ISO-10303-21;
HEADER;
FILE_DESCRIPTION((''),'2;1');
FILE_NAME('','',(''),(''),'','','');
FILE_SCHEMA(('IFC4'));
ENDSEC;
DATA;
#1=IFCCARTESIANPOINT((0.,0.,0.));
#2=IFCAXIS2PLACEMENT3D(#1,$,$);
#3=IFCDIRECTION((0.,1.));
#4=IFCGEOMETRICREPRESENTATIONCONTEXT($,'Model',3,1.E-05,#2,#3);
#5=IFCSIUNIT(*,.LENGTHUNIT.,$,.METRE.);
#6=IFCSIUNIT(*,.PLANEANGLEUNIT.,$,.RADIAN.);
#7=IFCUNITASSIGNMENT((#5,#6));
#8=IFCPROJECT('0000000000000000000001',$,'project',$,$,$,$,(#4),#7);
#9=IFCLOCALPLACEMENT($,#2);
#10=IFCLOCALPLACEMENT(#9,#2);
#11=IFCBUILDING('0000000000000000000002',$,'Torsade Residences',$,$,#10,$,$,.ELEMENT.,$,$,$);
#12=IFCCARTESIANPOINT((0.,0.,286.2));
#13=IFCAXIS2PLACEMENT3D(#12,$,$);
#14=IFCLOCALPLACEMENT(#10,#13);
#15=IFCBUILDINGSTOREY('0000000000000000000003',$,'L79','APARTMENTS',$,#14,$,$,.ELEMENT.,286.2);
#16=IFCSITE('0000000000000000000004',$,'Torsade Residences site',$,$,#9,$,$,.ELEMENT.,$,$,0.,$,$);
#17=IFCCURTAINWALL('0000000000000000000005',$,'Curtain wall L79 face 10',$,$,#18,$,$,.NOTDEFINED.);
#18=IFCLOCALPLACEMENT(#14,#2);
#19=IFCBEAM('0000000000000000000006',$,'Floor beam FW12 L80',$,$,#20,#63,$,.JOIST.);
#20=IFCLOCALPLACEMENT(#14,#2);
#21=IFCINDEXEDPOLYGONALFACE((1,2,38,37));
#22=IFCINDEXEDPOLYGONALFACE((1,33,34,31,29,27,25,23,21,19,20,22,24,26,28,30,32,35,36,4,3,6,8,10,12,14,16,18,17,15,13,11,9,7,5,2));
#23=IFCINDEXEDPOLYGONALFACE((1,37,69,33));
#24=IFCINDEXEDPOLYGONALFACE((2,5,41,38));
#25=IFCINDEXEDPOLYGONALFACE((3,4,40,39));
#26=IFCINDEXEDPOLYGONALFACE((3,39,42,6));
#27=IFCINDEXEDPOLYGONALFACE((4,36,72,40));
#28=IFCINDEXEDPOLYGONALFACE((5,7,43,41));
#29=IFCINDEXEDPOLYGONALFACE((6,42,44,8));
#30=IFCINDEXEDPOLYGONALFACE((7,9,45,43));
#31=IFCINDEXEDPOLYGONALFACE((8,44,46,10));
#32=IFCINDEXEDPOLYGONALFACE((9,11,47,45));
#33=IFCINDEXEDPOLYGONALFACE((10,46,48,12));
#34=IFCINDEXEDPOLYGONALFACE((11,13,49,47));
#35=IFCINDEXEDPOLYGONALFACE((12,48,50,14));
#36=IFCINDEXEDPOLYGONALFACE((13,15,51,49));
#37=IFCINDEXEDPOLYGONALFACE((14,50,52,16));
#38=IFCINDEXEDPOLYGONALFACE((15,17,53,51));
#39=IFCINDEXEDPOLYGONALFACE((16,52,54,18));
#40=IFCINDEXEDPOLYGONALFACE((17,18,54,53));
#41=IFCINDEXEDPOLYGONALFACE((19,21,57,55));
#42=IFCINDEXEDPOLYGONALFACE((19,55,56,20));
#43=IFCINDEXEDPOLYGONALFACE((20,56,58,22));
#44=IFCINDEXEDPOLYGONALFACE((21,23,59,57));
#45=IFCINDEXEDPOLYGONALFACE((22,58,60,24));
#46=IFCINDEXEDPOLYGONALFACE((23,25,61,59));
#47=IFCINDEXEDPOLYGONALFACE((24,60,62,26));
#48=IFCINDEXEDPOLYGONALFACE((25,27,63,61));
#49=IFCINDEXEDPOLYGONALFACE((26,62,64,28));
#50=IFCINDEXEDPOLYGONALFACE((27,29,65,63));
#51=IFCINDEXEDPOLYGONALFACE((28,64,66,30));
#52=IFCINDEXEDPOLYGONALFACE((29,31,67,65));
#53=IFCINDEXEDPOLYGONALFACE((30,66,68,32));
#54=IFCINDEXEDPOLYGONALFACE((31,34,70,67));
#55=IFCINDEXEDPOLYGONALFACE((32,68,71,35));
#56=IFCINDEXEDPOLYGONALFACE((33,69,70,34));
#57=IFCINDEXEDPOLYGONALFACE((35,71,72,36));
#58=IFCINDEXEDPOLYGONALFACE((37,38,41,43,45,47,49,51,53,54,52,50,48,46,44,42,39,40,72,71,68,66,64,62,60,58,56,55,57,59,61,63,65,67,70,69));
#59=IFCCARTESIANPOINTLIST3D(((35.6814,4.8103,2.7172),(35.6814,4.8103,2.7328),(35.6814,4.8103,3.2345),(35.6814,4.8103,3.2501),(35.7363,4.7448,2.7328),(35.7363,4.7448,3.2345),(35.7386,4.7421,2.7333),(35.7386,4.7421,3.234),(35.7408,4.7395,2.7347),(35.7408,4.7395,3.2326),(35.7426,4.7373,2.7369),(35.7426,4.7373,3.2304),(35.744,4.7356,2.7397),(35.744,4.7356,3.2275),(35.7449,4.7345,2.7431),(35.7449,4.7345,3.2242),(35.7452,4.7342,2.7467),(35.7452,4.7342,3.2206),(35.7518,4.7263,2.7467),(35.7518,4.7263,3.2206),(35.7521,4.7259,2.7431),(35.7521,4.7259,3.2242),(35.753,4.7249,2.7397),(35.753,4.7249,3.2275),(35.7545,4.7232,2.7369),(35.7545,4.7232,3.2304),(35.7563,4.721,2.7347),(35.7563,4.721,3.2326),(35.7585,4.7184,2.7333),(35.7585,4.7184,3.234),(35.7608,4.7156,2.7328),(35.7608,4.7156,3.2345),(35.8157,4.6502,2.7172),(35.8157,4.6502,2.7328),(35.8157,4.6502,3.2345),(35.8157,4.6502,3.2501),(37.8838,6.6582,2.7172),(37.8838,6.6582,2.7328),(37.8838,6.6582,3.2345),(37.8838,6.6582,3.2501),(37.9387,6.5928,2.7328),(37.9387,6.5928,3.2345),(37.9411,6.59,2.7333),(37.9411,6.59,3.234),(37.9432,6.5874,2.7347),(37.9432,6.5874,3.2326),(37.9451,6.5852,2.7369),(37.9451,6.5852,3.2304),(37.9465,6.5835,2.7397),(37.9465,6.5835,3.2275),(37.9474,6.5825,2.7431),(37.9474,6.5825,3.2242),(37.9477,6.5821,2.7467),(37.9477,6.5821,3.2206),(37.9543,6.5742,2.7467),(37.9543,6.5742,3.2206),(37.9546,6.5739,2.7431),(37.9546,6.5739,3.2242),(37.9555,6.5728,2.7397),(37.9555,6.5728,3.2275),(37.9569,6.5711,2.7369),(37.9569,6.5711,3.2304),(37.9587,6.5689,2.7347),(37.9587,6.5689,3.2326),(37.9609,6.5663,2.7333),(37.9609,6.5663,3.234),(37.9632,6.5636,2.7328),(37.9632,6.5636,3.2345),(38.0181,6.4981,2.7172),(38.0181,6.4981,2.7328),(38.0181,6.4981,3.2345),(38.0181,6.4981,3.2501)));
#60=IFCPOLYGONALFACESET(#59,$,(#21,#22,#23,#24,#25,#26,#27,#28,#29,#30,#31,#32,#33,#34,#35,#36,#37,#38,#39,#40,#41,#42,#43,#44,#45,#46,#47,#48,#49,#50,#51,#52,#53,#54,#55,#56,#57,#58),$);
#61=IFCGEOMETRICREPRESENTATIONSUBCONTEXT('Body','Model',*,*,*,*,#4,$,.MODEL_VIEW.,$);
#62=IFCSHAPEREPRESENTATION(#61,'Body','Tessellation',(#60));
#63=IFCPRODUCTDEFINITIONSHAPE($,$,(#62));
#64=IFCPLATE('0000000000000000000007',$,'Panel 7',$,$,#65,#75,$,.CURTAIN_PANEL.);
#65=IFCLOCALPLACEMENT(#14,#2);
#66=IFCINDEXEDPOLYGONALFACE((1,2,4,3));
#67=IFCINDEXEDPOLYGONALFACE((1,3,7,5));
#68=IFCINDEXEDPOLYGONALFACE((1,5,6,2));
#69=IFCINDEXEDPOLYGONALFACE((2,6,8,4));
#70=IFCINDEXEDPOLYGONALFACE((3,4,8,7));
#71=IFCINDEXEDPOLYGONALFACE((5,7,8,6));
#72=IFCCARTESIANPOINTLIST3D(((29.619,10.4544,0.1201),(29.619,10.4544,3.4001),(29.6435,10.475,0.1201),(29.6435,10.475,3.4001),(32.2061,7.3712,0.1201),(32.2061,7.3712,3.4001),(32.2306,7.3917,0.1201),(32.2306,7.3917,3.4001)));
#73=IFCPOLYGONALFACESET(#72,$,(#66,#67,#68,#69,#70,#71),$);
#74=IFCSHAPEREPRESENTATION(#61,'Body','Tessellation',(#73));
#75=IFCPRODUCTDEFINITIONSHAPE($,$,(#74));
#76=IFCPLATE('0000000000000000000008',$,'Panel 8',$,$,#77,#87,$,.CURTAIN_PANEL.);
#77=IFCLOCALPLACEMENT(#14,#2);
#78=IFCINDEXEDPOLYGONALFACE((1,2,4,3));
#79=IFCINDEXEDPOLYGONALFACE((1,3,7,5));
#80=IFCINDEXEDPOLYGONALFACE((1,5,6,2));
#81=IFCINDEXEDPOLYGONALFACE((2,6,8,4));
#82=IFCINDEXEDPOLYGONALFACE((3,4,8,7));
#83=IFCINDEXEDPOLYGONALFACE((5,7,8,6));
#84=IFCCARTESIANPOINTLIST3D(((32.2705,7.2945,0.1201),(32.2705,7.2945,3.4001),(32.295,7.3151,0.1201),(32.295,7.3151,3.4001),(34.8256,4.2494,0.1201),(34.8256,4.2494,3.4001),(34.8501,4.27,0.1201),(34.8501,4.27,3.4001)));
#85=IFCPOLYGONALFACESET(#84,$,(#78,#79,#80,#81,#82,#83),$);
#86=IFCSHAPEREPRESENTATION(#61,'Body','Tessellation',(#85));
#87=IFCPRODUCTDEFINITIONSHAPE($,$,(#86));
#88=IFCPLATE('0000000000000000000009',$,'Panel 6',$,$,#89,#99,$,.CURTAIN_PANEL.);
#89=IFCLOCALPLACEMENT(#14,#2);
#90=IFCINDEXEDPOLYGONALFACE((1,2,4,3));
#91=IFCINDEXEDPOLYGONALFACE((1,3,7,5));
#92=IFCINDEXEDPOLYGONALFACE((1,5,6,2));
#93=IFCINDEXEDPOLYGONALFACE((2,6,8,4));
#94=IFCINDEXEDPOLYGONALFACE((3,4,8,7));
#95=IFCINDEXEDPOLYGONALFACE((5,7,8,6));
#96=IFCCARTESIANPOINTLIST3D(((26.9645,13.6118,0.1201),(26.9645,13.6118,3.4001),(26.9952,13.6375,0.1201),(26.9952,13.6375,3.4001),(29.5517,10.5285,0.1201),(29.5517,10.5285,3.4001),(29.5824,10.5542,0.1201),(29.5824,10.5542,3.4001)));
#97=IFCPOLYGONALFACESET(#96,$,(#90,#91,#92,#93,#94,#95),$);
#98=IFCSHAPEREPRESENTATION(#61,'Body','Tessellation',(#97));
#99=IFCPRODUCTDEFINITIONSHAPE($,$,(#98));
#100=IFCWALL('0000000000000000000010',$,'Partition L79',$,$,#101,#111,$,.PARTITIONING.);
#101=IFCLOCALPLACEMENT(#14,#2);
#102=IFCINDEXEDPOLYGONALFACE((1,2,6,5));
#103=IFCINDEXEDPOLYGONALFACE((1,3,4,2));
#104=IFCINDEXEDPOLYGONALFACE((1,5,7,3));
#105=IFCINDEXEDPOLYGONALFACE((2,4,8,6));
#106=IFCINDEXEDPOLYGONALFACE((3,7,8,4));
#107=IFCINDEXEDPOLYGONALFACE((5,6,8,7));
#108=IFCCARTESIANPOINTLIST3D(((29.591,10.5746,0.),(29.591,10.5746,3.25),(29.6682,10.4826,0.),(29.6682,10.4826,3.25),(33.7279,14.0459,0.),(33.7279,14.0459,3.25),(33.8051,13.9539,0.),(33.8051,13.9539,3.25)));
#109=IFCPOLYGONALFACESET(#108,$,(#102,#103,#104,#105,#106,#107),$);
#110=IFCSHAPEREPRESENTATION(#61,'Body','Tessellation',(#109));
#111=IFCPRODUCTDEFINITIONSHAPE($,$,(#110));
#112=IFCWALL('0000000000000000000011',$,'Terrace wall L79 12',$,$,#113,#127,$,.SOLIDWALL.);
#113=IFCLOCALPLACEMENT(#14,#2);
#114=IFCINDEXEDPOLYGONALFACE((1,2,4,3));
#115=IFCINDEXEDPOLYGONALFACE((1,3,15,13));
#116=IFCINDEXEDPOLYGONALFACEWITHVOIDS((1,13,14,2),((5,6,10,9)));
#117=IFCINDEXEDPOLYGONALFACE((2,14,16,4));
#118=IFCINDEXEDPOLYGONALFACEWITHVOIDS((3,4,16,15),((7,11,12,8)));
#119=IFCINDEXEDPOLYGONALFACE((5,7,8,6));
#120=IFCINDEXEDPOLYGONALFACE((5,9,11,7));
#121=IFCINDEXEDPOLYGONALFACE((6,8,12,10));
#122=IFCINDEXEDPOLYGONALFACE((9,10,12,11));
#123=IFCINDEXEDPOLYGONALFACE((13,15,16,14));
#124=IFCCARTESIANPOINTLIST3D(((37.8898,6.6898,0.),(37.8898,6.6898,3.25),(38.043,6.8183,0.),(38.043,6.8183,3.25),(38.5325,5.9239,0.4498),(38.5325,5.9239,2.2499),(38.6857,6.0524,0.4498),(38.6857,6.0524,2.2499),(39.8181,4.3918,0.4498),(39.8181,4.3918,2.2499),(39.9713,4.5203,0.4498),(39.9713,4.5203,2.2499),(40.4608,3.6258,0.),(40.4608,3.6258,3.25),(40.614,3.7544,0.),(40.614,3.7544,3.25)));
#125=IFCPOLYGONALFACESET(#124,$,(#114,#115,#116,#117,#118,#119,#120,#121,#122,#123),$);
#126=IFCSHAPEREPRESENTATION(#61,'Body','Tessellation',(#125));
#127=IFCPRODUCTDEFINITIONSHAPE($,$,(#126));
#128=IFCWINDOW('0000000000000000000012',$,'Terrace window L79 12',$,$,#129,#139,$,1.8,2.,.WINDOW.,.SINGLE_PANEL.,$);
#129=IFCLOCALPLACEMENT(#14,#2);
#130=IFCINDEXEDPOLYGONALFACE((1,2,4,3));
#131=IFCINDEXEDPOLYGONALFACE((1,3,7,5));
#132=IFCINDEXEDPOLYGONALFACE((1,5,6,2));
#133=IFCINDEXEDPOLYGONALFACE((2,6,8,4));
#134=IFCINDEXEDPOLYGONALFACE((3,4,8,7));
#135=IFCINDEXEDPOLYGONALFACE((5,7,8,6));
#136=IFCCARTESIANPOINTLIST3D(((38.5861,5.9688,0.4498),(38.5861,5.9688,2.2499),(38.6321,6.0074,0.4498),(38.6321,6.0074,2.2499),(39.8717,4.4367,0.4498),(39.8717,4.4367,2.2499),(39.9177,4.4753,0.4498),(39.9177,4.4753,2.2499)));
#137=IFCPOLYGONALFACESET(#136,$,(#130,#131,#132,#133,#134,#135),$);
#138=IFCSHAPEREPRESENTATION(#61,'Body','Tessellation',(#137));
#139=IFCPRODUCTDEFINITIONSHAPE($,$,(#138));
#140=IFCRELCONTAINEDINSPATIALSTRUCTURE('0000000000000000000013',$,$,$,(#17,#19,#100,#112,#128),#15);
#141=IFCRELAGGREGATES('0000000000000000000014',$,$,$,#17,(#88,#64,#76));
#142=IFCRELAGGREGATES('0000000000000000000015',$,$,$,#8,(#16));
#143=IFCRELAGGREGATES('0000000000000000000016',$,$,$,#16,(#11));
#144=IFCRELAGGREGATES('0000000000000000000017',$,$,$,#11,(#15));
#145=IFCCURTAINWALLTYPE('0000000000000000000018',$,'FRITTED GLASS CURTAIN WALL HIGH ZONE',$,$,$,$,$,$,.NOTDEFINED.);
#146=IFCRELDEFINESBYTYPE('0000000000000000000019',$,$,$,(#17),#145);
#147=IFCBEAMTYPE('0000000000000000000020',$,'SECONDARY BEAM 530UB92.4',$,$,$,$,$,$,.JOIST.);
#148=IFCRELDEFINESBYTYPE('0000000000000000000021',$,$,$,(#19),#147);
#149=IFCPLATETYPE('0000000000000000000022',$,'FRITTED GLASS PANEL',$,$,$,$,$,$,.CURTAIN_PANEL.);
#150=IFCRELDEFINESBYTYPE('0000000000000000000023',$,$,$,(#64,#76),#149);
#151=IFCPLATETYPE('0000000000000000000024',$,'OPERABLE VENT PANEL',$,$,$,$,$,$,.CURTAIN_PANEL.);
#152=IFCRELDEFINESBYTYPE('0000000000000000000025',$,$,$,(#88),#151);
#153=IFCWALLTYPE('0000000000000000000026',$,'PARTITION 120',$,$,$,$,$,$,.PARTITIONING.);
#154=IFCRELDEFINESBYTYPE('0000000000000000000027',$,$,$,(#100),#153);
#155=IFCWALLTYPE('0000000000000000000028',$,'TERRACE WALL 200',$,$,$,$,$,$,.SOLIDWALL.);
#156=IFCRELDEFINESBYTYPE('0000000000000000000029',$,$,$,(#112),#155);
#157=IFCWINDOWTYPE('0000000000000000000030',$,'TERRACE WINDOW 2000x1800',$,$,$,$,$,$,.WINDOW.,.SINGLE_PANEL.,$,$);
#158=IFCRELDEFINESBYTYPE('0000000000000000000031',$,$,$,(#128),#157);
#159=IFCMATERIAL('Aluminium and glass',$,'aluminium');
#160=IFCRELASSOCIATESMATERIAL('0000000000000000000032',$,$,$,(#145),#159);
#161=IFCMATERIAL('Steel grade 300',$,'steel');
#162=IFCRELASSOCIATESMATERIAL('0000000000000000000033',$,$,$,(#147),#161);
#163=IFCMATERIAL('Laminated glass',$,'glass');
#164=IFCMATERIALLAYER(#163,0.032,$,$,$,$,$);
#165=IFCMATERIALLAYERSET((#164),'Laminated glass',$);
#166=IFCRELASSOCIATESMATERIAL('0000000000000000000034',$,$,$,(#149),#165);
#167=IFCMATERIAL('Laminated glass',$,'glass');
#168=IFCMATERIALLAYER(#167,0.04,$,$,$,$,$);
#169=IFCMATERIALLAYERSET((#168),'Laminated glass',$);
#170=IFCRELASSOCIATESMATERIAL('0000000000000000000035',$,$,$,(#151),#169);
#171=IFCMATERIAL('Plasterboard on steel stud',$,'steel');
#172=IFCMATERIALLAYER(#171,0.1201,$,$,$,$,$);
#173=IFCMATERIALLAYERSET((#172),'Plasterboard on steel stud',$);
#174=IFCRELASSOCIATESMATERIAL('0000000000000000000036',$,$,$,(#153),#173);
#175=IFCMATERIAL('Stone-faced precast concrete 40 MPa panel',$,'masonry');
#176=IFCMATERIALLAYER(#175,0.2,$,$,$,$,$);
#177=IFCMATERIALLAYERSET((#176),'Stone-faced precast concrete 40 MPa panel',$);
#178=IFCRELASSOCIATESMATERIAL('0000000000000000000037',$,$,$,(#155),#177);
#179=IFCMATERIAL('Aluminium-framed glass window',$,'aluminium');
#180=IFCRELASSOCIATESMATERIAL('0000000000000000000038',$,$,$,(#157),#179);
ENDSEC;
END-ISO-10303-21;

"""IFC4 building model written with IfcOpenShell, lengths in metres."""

from ifc_helpers import new_model, si_unit, direction, frame, frame_2d, origin, origin_2d, place, context, subcontext, project, spatial, rectangle, i_section, extrude, material, layer, layer_set, material_profile, profile_set, type_object, element, fill, aggregate, save


model = new_model("IFC4")

# Units and contexts
model_context = context("Model", 3, precision=1e-05, world=origin(), true_north=direction((0.0, 1.0)))
body_context = subcontext(model_context, "Body", "Model", "MODEL_VIEW")
ifc_project = project(units=[si_unit("LENGTHUNIT", "METRE"), si_unit("PLANEANGLEUNIT", "RADIAN")], contexts=[model_context])

# Site, building, storey
site_placement = place(None, origin())
site = spatial("IfcSite", under=ifc_project, at=site_placement, Name="Torsade Residences site", CompositionType="ELEMENT", RefElevation=0.0)
building_placement = place(site_placement, origin())
building = spatial("IfcBuilding", under=site, at=building_placement, Name="Torsade Residences", CompositionType="ELEMENT")
storey_placement = place(building_placement, frame((0.0, 0.0, 286.2)))
storey = spatial("IfcBuildingStorey", under=building, at=storey_placement, Name="L79", Description="APARTMENTS", CompositionType="ELEMENT", Elevation=286.2)

# Curtain wall
ifc_material_1 = material(Name="Aluminium and glass", Category="aluminium")
curtain_wall_type = type_object("IfcCurtainWallType", Name="FRITTED GLASS CURTAIN WALL HIGH ZONE", PredefinedType="NOTDEFINED", material=ifc_material_1)
curtain_wall_placement = place(storey_placement, origin())
curtain_wall = element("IfcCurtainWall", 1, at=curtain_wall_placement, inside=storey, type_object=curtain_wall_type, Name="Curtain wall L79 face 10", PredefinedType="NOTDEFINED")

# Beam
ifc_material_2 = material(Name="Steel grade 300", Category="steel")
ifc_material_profile_1 = material_profile(ifc_material_2, i_section(OverallWidth=0.209, OverallDepth=0.533, WebThickness=0.0103, FlangeThickness=0.0156, FilletRadius=0.0139, at=origin_2d()), Name="530UB92.4")
ifc_profile_set_1 = profile_set([ifc_material_profile_1], Name="Steel grade 300")
beam_type_1 = type_object("IfcBeamType", Name="SECONDARY BEAM 530UB92.4", PredefinedType="JOIST", material=ifc_profile_set_1)
beam_1_placement = place(storey_placement, frame((35.7485, 4.7302, 2.9836), z_axis=(0.766066, 0.642762, 0.0), x_axis=(-0.642762, 0.766066, 0.0)))
element("IfcBeam", 2, at=beam_1_placement, inside=storey, type_object=beam_type_1, Name="Floor beam FW12 L80", PredefinedType="JOIST", context=body_context, shape_type="SweptSolid", body=[
    extrude(i_section(OverallWidth=0.209, OverallDepth=0.533, WebThickness=0.0103, FlangeThickness=0.0156, FilletRadius=0.0139, at=origin_2d()), origin(), (0.0, 0.0, 1.0), 2.875),
])

# Plates
ifc_material_3 = material(Name="Laminated glass", Category="glass")
ifc_layer_1 = layer(ifc_material_3, 0.032)
ifc_layer_set_1 = layer_set([ifc_layer_1], Name="Laminated glass")
plate_type_1 = type_object("IfcPlateType", Name="FRITTED GLASS PANEL", PredefinedType="CURTAIN_PANEL", material=ifc_layer_set_1)
plate_1_placement = place(storey_placement, frame((30.9248, 8.9231, 0.1201), z_axis=(0.0, 0.0, 1.0), x_axis=(0.642788, -0.766044, 0.0)))
plate_1 = element("IfcPlate", 3, at=plate_1_placement, type_object=plate_type_1, Name="Panel 7", PredefinedType="CURTAIN_PANEL", context=body_context, shape_type="SweptSolid", body=[
    extrude(rectangle(XDim=4.0249, YDim=0.032, at=origin_2d()), origin(), (0.0, 0.0, 1.0), 3.28),
])
plate_2_placement = place(storey_placement, frame((33.5603, 5.7822, 0.1201), z_axis=(0.0, 0.0, 1.0), x_axis=(0.642788, -0.766044, 0.0)))
plate_2 = element("IfcPlate", 4, at=plate_2_placement, type_object=plate_type_1, Name="Panel 8", PredefinedType="CURTAIN_PANEL", context=body_context, shape_type="SweptSolid", body=[
    extrude(rectangle(XDim=3.9751, YDim=0.032, at=origin_2d()), origin(), (0.0, 0.0, 1.0), 3.28),
])
ifc_material_4 = material(Name="Laminated glass", Category="glass")
ifc_layer_2 = layer(ifc_material_4, 0.04)
ifc_layer_set_2 = layer_set([ifc_layer_2], Name="Laminated glass")
plate_type_2 = type_object("IfcPlateType", Name="OPERABLE VENT PANEL", PredefinedType="CURTAIN_PANEL", material=ifc_layer_set_2)
plate_3_placement = place(storey_placement, frame((28.2734, 12.083, 0.1201), z_axis=(0.0, 0.0, 1.0), x_axis=(0.642788, -0.766044, 0.0)))
plate_3 = element("IfcPlate", 5, at=plate_3_placement, type_object=plate_type_2, Name="Panel 6", PredefinedType="CURTAIN_PANEL", context=body_context, shape_type="SweptSolid", body=[
    extrude(rectangle(XDim=4.0249, YDim=0.04, at=origin_2d()), origin(), (0.0, 0.0, 1.0), 3.28),
])
aggregate(curtain_wall, [plate_3, plate_1, plate_2])

# Wall
ifc_material_5 = material(Name="Plasterboard on steel stud", Category="steel")
ifc_layer_3 = layer(ifc_material_5, 0.1201)
ifc_layer_set_3 = layer_set([ifc_layer_3], Name="Plasterboard on steel stud")
wall_type_1 = type_object("IfcWallType", Name="PARTITION 120", PredefinedType="PARTITIONING", material=ifc_layer_set_3)
wall_1_placement = place(storey_placement, frame((29.6296, 10.5286, 0.0), z_axis=(0.0, 0.0, 1.0), x_axis=(0.766034, 0.6428, 0.0)))
element("IfcWall", 6, at=wall_1_placement, inside=storey, type_object=wall_type_1, Name="Partition L79", PredefinedType="PARTITIONING", context=body_context, shape_type="SweptSolid", body=[
    extrude(rectangle(XDim=5.4004, YDim=0.1201, at=frame_2d((2.7002, 0.0))), origin(), (0.0, 0.0, 1.0), 3.25),
])

# Shared definitions
ifc_material_6 = material(Name="Stone-faced precast concrete 40 MPa panel", Category="masonry")
ifc_layer_4 = layer(ifc_material_6, 0.2)
ifc_layer_set_4 = layer_set([ifc_layer_4], Name="Stone-faced precast concrete 40 MPa panel")
wall_type_2 = type_object("IfcWallType", Name="TERRACE WALL 200", PredefinedType="SOLIDWALL", material=ifc_layer_set_4)

# Wall, opening, window
wall_2_placement = place(storey_placement, frame((37.9663, 6.7542, 0.0), z_axis=(0.0, 0.0, 1.0), x_axis=(0.642798, -0.766035, 0.0)))
wall_2 = element("IfcWall", 7, at=wall_2_placement, inside=storey, type_object=wall_type_2, Name="Terrace wall L79 12", PredefinedType="SOLIDWALL", context=body_context, shape_type="SweptSolid", body=[
    extrude(rectangle(XDim=3.9998, YDim=0.2, at=frame_2d((2.0, 0.0))), origin(), (0.0, 0.0, 1.0), 3.25),
])
opening_1_placement = place(wall_2_placement, frame((1.0, 0.0, 0.45)))
opening_1 = element("IfcOpeningElement", 8, at=opening_1_placement, cuts=wall_2, PredefinedType="OPENING", context=body_context, shape_type="SweptSolid", body=[
    extrude(rectangle(XDim=2.0, YDim=1.8, at=frame_2d((1.0, 0.8999))), frame((0.0, 0.1099, 0.0), z_axis=(0.0, -1.0, 0.0), x_axis=(1.0, 0.0, 0.0)), (0.0, 0.0, 1.0), 0.22),
])
ifc_material_7 = material(Name="Aluminium-framed glass window", Category="aluminium")
window_type = type_object("IfcWindowType", Name="TERRACE WINDOW 2000x1800", PartitioningType="SINGLE_PANEL", PredefinedType="WINDOW", material=ifc_material_7)
window_placement = place(opening_1_placement, origin())
window = element("IfcWindow", 9, at=window_placement, inside=storey, type_object=window_type, Name="Terrace window L79 12", OverallHeight=1.8, OverallWidth=2.0, PartitioningType="SINGLE_PANEL", PredefinedType="WINDOW", context=body_context, shape_type="SweptSolid", body=[
    extrude(rectangle(XDim=2.0, YDim=1.8, at=frame_2d((1.0, 0.8999))), frame((0.0, 0.03, 0.0), z_axis=(0.0, -1.0, 0.0), x_axis=(1.0, 0.0, 0.0)), (0.0, 0.0, 1.0), 0.0601),
])
fill(opening_1, window)

save(model, "model.ifc")
